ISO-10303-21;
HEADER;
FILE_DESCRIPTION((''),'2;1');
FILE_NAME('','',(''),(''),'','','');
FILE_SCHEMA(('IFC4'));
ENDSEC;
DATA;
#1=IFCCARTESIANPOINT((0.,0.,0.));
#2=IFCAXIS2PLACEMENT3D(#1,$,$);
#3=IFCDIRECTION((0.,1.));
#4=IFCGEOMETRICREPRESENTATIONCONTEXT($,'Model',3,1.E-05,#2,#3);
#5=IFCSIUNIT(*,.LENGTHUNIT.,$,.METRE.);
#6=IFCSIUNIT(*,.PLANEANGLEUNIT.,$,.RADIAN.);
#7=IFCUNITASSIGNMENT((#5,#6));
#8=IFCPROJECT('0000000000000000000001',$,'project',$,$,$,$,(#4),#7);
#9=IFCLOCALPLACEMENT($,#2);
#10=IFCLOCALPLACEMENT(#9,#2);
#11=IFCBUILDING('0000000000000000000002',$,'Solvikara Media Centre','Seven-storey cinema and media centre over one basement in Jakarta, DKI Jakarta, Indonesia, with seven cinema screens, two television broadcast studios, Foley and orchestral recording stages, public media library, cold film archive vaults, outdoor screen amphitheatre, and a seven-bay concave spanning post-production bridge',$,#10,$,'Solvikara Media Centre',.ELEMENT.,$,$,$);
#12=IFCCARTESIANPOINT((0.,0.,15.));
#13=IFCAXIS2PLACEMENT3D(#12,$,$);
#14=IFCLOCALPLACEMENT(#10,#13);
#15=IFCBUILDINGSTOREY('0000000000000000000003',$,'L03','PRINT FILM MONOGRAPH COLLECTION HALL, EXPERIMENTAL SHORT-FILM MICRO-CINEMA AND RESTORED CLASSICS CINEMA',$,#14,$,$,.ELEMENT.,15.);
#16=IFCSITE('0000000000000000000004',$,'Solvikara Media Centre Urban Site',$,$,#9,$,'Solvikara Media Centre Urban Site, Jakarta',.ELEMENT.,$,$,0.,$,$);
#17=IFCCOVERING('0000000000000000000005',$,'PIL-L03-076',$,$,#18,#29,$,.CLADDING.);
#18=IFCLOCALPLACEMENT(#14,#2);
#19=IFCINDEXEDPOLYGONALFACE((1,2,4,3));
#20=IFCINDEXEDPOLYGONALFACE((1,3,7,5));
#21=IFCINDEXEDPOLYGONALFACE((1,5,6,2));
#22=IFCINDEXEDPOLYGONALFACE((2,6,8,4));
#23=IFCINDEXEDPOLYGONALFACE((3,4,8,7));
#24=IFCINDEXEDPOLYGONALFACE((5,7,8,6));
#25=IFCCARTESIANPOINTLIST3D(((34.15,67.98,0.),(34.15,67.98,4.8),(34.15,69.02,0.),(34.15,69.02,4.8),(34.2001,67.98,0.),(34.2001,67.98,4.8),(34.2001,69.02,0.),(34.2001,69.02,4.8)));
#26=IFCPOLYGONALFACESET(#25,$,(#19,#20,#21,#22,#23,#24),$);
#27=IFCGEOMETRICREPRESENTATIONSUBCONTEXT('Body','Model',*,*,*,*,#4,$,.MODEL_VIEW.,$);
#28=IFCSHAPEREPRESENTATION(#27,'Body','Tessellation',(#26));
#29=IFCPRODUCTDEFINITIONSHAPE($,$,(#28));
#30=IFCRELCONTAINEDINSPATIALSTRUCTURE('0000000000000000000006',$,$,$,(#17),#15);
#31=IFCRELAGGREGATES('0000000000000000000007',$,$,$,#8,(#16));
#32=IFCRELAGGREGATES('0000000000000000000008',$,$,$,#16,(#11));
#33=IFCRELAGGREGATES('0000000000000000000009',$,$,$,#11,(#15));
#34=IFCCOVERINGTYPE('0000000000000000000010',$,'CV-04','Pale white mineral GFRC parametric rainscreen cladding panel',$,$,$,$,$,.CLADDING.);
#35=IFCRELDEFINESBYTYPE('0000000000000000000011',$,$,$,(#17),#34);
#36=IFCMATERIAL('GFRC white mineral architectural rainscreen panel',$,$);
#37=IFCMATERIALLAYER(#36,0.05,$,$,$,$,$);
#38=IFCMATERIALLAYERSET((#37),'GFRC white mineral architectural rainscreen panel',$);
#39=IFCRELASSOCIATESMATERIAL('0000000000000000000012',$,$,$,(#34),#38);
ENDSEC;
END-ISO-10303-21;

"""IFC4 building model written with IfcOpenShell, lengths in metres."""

from ifc_helpers import new_model, si_unit, direction, frame, origin, origin_2d, place, context, subcontext, project, spatial, rectangle, extrude, material, layer, layer_set, type_object, element, save


model = new_model("IFC4")

# Units and contexts
model_context = context("Model", 3, precision=1e-05, world=origin(), true_north=direction((0.0, 1.0)))
body_context = subcontext(model_context, "Body", "Model", "MODEL_VIEW")
ifc_project = project(units=[si_unit("LENGTHUNIT", "METRE"), si_unit("PLANEANGLEUNIT", "RADIAN")], contexts=[model_context])

# Site, building, storey
site_placement = place(None, origin())
site = spatial("IfcSite", under=ifc_project, at=site_placement, Name="Solvikara Media Centre Urban Site", LongName="Solvikara Media Centre Urban Site, Jakarta", CompositionType="ELEMENT", RefElevation=0.0)
building_placement = place(site_placement, origin())
building = spatial("IfcBuilding", under=site, at=building_placement, Name="Solvikara Media Centre", Description="Seven-storey cinema and media centre over one basement in Jakarta, DKI Jakarta, Indonesia, with seven cinema screens, two television broadcast studios, Foley and orchestral recording stages, public media library, cold film archive vaults, outdoor screen amphitheatre, and a seven-bay concave spanning post-production bridge", LongName="Solvikara Media Centre", CompositionType="ELEMENT")
storey_placement = place(building_placement, frame((0.0, 0.0, 15.0)))
storey = spatial("IfcBuildingStorey", under=building, at=storey_placement, Name="L03", Description="PRINT FILM MONOGRAPH COLLECTION HALL, EXPERIMENTAL SHORT-FILM MICRO-CINEMA AND RESTORED CLASSICS CINEMA", CompositionType="ELEMENT", Elevation=15.0)

# Covering
ifc_material_1 = material(Name="GFRC white mineral architectural rainscreen panel")
ifc_layer_1 = layer(ifc_material_1, 0.05)
ifc_layer_set_1 = layer_set([ifc_layer_1], Name="GFRC white mineral architectural rainscreen panel")
covering_type = type_object("IfcCoveringType", Name="CV-04", Description="Pale white mineral GFRC parametric rainscreen cladding panel", PredefinedType="CLADDING", material=ifc_layer_set_1)
covering_placement = place(storey_placement, frame((34.175, 68.5, 0.0), z_axis=(0.0, 0.0, 1.0), x_axis=(0.0, 1.0, 0.0)))
element("IfcCovering", 1, at=covering_placement, inside=storey, type_object=covering_type, Name="PIL-L03-076", PredefinedType="CLADDING", context=body_context, shape_type="SweptSolid", body=[
    extrude(rectangle(XDim=1.04, YDim=0.05, at=origin_2d()), origin(), (0.0, 0.0, 1.0), 4.8),
])

save(model, "model.ifc")
